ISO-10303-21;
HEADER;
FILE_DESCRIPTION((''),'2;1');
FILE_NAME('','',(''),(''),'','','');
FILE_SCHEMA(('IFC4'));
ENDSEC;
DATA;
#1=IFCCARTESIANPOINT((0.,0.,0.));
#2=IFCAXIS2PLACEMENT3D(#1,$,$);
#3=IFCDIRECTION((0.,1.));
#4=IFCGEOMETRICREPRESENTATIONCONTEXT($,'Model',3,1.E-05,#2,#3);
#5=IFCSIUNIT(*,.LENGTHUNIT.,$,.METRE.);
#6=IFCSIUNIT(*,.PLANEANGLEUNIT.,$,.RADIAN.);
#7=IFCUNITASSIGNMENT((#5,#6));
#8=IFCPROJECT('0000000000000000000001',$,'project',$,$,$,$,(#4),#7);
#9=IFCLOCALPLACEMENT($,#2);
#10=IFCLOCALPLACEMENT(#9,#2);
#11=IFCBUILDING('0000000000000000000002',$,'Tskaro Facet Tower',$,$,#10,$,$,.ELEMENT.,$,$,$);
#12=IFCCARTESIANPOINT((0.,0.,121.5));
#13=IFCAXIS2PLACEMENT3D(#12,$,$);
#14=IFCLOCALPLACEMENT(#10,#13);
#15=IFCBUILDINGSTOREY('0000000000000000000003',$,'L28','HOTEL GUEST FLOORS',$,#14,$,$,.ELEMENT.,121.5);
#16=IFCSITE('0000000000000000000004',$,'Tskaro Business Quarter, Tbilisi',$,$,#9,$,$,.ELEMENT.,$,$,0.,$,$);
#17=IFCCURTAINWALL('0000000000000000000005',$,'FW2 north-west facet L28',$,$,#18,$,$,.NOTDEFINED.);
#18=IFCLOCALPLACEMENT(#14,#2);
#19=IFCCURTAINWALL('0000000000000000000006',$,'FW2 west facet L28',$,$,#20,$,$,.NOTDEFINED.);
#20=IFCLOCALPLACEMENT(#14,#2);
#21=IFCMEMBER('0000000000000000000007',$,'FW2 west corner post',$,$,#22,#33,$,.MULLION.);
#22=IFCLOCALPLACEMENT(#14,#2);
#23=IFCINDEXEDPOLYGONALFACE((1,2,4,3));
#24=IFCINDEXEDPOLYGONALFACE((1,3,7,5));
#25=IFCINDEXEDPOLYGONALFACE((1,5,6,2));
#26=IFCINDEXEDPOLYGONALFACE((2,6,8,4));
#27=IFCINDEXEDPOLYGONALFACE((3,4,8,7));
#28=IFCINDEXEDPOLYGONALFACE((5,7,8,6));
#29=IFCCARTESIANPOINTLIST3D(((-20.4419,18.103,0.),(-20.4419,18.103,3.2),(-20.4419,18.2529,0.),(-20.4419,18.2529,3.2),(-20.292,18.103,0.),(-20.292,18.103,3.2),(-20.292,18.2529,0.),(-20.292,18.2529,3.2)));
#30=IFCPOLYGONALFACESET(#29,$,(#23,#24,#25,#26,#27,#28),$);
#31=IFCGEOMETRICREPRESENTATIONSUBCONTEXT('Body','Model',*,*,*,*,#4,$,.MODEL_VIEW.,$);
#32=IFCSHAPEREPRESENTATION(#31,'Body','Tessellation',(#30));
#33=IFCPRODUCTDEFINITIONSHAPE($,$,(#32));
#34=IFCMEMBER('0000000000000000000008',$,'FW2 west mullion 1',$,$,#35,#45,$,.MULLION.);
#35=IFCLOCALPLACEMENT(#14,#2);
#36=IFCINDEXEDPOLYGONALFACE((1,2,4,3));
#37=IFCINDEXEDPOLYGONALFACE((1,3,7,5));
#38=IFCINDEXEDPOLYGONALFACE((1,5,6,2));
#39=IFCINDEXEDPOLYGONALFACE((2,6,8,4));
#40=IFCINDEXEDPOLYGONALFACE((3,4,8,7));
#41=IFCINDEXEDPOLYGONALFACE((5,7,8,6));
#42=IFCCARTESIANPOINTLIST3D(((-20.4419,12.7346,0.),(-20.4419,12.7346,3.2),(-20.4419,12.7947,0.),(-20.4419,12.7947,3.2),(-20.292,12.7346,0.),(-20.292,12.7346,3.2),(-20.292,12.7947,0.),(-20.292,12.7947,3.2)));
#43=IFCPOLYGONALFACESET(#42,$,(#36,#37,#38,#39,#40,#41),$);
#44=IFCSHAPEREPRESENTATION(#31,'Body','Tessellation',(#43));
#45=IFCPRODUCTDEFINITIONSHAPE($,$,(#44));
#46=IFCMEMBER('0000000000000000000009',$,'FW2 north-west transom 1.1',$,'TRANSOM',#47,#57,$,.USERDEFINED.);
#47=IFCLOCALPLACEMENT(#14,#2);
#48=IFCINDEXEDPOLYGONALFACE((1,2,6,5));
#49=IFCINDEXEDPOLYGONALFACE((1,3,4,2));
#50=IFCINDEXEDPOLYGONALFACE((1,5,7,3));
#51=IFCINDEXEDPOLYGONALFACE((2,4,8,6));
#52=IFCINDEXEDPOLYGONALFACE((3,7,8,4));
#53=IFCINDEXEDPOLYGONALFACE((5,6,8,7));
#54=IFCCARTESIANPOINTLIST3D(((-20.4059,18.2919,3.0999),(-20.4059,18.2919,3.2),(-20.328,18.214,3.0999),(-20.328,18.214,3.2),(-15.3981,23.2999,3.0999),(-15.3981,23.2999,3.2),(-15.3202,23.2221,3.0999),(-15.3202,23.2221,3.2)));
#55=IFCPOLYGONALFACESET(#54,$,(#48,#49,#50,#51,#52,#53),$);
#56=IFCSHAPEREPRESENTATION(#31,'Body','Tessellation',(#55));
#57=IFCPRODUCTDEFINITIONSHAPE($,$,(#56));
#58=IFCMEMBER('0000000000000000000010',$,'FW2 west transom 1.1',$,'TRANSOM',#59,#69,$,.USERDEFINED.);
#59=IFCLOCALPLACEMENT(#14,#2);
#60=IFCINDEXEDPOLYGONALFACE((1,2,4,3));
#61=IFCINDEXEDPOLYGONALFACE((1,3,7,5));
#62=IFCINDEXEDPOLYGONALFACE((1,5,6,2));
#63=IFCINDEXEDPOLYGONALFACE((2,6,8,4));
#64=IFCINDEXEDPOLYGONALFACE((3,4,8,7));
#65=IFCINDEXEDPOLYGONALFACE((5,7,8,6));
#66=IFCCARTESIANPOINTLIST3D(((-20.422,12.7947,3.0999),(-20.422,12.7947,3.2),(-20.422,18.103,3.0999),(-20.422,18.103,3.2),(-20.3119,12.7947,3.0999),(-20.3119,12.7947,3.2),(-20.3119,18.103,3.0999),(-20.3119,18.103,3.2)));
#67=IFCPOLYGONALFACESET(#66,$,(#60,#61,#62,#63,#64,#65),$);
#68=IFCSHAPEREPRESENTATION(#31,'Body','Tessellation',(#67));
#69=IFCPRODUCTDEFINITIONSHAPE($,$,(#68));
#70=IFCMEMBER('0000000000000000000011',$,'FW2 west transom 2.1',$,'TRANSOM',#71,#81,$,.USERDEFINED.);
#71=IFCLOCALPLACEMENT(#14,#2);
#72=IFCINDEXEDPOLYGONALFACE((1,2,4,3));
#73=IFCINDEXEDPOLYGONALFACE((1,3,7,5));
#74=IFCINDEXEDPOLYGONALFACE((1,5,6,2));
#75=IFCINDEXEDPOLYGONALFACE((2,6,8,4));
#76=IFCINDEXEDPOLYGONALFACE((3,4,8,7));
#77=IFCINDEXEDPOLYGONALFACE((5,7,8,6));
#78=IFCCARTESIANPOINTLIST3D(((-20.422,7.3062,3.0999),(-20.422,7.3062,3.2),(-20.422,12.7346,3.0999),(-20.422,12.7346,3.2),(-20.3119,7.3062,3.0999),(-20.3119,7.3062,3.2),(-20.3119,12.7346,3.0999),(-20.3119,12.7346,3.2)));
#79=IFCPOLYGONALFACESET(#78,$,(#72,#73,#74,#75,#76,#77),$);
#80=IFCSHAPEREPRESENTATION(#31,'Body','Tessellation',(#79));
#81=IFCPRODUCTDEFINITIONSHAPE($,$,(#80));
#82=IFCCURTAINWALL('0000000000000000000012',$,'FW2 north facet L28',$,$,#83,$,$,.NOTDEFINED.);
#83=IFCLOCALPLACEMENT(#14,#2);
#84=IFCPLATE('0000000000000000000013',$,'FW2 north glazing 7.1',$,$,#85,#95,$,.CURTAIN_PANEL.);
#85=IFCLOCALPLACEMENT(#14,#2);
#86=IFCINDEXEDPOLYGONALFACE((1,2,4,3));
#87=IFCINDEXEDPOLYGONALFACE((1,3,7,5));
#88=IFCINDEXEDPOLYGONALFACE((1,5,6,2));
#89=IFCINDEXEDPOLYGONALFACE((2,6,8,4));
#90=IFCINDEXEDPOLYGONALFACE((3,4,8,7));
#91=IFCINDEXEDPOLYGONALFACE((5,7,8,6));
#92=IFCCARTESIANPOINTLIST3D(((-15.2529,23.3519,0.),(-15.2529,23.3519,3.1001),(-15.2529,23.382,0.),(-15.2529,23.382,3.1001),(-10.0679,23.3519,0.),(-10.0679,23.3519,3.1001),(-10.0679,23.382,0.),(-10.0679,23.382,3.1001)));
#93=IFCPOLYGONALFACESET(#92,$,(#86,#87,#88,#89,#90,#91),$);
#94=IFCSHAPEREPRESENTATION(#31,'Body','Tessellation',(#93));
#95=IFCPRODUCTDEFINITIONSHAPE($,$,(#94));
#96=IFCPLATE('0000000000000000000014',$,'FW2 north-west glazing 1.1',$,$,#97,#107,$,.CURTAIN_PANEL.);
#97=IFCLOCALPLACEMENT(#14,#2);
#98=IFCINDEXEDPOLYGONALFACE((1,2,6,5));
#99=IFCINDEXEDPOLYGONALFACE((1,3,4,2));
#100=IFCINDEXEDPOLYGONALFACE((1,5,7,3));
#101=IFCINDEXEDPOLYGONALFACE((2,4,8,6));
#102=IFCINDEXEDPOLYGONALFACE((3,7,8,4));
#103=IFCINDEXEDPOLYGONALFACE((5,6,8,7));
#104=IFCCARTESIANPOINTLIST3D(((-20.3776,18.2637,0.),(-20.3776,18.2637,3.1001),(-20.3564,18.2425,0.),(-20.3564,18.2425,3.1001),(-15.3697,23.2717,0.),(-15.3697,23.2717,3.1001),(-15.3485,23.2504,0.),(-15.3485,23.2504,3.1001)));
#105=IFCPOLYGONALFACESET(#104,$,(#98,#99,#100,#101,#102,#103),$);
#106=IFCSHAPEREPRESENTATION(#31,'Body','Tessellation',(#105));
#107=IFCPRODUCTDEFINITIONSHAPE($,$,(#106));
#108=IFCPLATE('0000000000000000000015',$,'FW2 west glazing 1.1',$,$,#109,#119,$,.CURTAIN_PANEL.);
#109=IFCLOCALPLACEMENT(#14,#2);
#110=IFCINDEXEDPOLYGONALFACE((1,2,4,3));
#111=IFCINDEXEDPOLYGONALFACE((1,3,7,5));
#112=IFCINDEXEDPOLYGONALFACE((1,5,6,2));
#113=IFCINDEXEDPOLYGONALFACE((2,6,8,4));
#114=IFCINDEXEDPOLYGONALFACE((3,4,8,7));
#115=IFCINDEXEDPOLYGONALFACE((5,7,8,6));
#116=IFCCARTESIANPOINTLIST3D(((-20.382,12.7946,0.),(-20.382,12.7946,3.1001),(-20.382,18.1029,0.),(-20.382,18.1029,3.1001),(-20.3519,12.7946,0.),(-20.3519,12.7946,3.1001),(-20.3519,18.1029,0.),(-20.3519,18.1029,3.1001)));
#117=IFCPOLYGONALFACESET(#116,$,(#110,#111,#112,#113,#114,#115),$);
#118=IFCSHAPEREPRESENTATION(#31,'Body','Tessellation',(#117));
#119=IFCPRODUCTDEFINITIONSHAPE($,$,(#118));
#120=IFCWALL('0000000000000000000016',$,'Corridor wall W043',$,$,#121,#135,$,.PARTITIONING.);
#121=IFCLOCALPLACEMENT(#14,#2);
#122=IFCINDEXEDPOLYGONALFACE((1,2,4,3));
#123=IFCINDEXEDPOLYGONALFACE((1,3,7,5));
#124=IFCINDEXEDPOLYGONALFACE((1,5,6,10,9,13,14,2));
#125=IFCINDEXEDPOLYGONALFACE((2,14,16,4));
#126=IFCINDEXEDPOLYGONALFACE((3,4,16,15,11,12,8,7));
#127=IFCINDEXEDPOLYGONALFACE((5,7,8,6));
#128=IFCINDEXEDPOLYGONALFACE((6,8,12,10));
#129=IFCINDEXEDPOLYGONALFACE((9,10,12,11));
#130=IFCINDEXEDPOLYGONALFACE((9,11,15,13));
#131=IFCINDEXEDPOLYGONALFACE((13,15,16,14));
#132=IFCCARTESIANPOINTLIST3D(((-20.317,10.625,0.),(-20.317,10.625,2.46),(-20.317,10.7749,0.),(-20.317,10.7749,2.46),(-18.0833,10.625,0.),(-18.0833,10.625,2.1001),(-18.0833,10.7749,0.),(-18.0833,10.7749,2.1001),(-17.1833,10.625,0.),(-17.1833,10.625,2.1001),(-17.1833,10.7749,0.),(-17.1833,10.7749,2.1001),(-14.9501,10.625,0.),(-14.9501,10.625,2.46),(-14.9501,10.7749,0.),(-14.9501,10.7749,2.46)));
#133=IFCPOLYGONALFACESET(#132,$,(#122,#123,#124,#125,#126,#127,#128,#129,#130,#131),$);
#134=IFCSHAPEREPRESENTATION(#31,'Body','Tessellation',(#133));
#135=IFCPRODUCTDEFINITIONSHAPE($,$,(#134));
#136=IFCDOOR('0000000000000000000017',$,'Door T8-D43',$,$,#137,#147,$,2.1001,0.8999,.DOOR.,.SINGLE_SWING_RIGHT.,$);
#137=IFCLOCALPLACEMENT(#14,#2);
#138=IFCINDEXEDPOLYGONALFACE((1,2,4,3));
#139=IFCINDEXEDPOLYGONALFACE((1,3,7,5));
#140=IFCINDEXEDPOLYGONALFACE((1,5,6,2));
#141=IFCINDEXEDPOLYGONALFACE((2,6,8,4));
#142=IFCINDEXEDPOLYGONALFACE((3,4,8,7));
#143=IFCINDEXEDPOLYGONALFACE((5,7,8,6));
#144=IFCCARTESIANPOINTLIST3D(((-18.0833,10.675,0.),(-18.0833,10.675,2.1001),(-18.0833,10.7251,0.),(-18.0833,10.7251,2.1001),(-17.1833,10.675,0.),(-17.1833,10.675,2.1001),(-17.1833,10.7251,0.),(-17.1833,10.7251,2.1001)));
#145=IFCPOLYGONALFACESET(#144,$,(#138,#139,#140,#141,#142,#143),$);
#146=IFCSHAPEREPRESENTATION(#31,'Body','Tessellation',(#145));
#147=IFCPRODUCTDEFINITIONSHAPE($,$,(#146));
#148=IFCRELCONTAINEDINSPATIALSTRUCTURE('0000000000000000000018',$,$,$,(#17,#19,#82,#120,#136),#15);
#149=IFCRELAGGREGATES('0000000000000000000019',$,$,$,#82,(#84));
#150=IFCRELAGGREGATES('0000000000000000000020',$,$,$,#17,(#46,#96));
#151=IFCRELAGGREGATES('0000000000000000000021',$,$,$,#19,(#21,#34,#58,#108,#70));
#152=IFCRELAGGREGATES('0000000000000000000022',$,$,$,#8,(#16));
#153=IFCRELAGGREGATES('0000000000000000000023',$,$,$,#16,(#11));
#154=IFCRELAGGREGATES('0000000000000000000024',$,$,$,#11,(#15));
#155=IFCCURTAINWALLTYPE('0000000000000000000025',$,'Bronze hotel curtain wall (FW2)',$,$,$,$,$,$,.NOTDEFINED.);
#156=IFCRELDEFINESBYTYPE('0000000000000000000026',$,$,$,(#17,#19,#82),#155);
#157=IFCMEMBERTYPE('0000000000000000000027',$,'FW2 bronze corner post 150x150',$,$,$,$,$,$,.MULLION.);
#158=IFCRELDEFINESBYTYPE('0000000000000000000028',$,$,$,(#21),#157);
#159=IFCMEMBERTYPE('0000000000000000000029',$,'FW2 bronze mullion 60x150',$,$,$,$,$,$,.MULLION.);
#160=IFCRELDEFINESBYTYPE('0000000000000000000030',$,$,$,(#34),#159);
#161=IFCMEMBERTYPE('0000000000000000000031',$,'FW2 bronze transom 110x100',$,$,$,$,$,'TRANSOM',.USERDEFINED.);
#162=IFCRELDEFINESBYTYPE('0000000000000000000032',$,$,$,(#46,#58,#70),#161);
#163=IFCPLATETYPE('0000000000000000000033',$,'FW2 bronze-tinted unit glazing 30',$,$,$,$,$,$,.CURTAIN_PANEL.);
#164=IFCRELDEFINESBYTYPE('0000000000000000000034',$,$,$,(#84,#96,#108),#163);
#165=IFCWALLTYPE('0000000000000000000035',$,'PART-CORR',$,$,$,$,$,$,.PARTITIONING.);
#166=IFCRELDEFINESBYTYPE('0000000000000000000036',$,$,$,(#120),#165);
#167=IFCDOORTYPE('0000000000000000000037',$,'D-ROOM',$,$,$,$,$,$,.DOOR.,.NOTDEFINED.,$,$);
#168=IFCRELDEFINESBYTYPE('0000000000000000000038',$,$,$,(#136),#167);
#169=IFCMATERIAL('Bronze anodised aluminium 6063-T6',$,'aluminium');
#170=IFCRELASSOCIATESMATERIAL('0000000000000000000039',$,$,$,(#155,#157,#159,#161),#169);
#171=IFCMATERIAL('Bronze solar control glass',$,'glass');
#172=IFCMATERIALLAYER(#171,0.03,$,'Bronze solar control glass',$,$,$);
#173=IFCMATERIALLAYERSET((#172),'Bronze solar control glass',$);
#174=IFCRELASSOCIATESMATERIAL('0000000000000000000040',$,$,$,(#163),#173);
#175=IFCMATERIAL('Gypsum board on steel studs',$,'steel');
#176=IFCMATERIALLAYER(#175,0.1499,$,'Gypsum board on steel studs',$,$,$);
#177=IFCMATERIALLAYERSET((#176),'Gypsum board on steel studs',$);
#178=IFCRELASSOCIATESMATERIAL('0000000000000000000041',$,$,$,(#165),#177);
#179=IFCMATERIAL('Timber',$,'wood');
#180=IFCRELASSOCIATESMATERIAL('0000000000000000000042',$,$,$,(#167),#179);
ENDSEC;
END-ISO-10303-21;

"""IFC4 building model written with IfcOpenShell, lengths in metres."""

from ifc_helpers import new_model, si_unit, direction, frame, frame_2d, origin, origin_2d, place, context, subcontext, project, spatial, rectangle, extrude, material, layer, layer_set, material_profile, profile_set, type_object, element, fill, aggregate, save


model = new_model("IFC4")

# Units and contexts
model_context = context("Model", 3, precision=1e-05, world=origin(), true_north=direction((0.0, 1.0)))
body_context = subcontext(model_context, "Body", "Model", "MODEL_VIEW")
ifc_project = project(units=[si_unit("LENGTHUNIT", "METRE"), si_unit("PLANEANGLEUNIT", "RADIAN")], contexts=[model_context])

# Site, building, storey
site_placement = place(None, origin())
site = spatial("IfcSite", under=ifc_project, at=site_placement, Name="Tskaro Business Quarter, Tbilisi", CompositionType="ELEMENT", RefElevation=0.0)
building_placement = place(site_placement, origin())
building = spatial("IfcBuilding", under=site, at=building_placement, Name="Tskaro Facet Tower", CompositionType="ELEMENT")
storey_placement = place(building_placement, frame((0.0, 0.0, 121.5)))
storey = spatial("IfcBuildingStorey", under=building, at=storey_placement, Name="L28", Description="HOTEL GUEST FLOORS", CompositionType="ELEMENT", Elevation=121.5)

# Curtain wall
ifc_material_1 = material(Name="Bronze anodised aluminium 6063-T6", Category="aluminium")
curtain_wall_type = type_object("IfcCurtainWallType", Name="Bronze hotel curtain wall (FW2)", PredefinedType="NOTDEFINED", material=ifc_material_1)
curtain_wall_1_placement = place(storey_placement, origin())
curtain_wall_1 = element("IfcCurtainWall", 1, at=curtain_wall_1_placement, inside=storey, type_object=curtain_wall_type, Name="FW2 north-west facet L28", PredefinedType="NOTDEFINED")
ifc_material_profile_1 = material_profile(ifc_material_1, rectangle(XDim=0.1499, YDim=0.1499, at=origin_2d()), Name="Corner post 150x150")
ifc_profile_set_1 = profile_set([ifc_material_profile_1], Name="Bronze anodised aluminium 6063-T6")
member_type_1 = type_object("IfcMemberType", Name="FW2 bronze corner post 150x150", PredefinedType="MULLION", material=ifc_profile_set_1)

# Curtain wall, members
curtain_wall_2_placement = place(storey_placement, origin())
curtain_wall_2 = element("IfcCurtainWall", 2, at=curtain_wall_2_placement, inside=storey, type_object=curtain_wall_type, Name="FW2 west facet L28", PredefinedType="NOTDEFINED")
member_1_placement = place(storey_placement, frame((-20.3669, 18.178, 0.0), z_axis=(0.0, 0.0, 1.0), x_axis=(0.0, -1.0, 0.0)))
member_1 = element("IfcMember", 3, at=member_1_placement, type_object=member_type_1, Name="FW2 west corner post", PredefinedType="MULLION", context=body_context, shape_type="SweptSolid", body=[
    extrude(rectangle(XDim=0.1499, YDim=0.1499, at=origin_2d()), origin(), (0.0, 0.0, 1.0), 3.2),
])
ifc_material_profile_2 = material_profile(ifc_material_1, rectangle(XDim=0.0601, YDim=0.1499, at=origin_2d()), Name="Mullion 60x150")
ifc_profile_set_2 = profile_set([ifc_material_profile_2], Name="Bronze anodised aluminium 6063-T6")
member_type_2 = type_object("IfcMemberType", Name="FW2 bronze mullion 60x150", PredefinedType="MULLION", material=ifc_profile_set_2)
member_2_placement = place(storey_placement, frame((-20.3669, 12.7646, 0.0), z_axis=(0.0, 0.0, 1.0), x_axis=(0.0, -1.0, 0.0)))
member_2 = element("IfcMember", 4, at=member_2_placement, type_object=member_type_2, Name="FW2 west mullion 1", PredefinedType="MULLION", context=body_context, shape_type="SweptSolid", body=[
    extrude(rectangle(XDim=0.0601, YDim=0.1499, at=origin_2d()), origin(), (0.0, 0.0, 1.0), 3.2),
])

# Members
ifc_material_profile_3 = material_profile(ifc_material_1, rectangle(XDim=0.1101, YDim=0.1001, at=origin_2d()), Name="Transom 110x100")
ifc_profile_set_3 = profile_set([ifc_material_profile_3], Name="Bronze anodised aluminium 6063-T6")
member_type_3 = type_object("IfcMemberType", Name="FW2 bronze transom 110x100", ElementType="TRANSOM", PredefinedType="USERDEFINED", material=ifc_profile_set_3)
member_3_placement = place(storey_placement, frame((-15.3591, 23.261, 3.1499), z_axis=(-0.70709, -0.707124, 0.0), x_axis=(0.707124, -0.70709, 0.0)))
member_3 = element("IfcMember", 5, at=member_3_placement, type_object=member_type_3, Name="FW2 north-west transom 1.1", ObjectType="TRANSOM", PredefinedType="USERDEFINED", context=body_context, shape_type="SweptSolid", body=[
    extrude(rectangle(XDim=0.1101, YDim=0.1001, at=origin_2d()), origin(), (0.0, 0.0, 1.0), 7.0823),
])
member_4_placement = place(storey_placement, frame((-20.3669, 18.103, 3.1499), z_axis=(0.0, -1.0, 0.0), x_axis=(1.0, 0.0, 0.0)))
member_4 = element("IfcMember", 6, at=member_4_placement, type_object=member_type_3, Name="FW2 west transom 1.1", ObjectType="TRANSOM", PredefinedType="USERDEFINED", context=body_context, shape_type="SweptSolid", body=[
    extrude(rectangle(XDim=0.1101, YDim=0.1001, at=origin_2d()), origin(), (0.0, 0.0, 1.0), 5.3083),
])
member_5_placement = place(storey_placement, frame((-20.3669, 12.7346, 3.1499), z_axis=(0.0, -1.0, 0.0), x_axis=(1.0, 0.0, 0.0)))
member_5 = element("IfcMember", 7, at=member_5_placement, type_object=member_type_3, Name="FW2 west transom 2.1", ObjectType="TRANSOM", PredefinedType="USERDEFINED", context=body_context, shape_type="SweptSolid", body=[
    extrude(rectangle(XDim=0.1101, YDim=0.1001, at=origin_2d()), origin(), (0.0, 0.0, 1.0), 5.4285),
])

# Curtain wall, plate
curtain_wall_3_placement = place(storey_placement, origin())
curtain_wall_3 = element("IfcCurtainWall", 8, at=curtain_wall_3_placement, inside=storey, type_object=curtain_wall_type, Name="FW2 north facet L28", PredefinedType="NOTDEFINED")
ifc_material_2 = material(Name="Bronze solar control glass", Category="glass")
ifc_layer_1 = layer(ifc_material_2, 0.03, Name="Bronze solar control glass")
ifc_layer_set_1 = layer_set([ifc_layer_1], Name="Bronze solar control glass")
plate_type = type_object("IfcPlateType", Name="FW2 bronze-tinted unit glazing 30", PredefinedType="CURTAIN_PANEL", material=ifc_layer_set_1)
plate_1_placement = place(storey_placement, frame((-12.6604, 23.3669, 0.0), z_axis=(0.0, 0.0, 1.0), x_axis=(-1.0, 0.0, 0.0)))
plate_1 = element("IfcPlate", 9, at=plate_1_placement, type_object=plate_type, Name="FW2 north glazing 7.1", PredefinedType="CURTAIN_PANEL", context=body_context, shape_type="SweptSolid", body=[
    extrude(rectangle(XDim=5.1851, YDim=0.03, at=origin_2d()), origin(), (0.0, 0.0, 1.0), 3.1001),
])
aggregate(curtain_wall_3, [plate_1])

# Plates
plate_2_placement = place(storey_placement, frame((-17.863, 20.7571, 0.0), z_axis=(0.0, 0.0, 1.0), x_axis=(-0.707107, -0.707107, 0.0)))
plate_2 = element("IfcPlate", 10, at=plate_2_placement, type_object=plate_type, Name="FW2 north-west glazing 1.1", PredefinedType="CURTAIN_PANEL", context=body_context, shape_type="SweptSolid", body=[
    extrude(rectangle(XDim=7.0823, YDim=0.03, at=origin_2d()), origin(), (0.0, 0.0, 1.0), 3.1001),
])
aggregate(curtain_wall_1, [member_3, plate_2])
plate_3_placement = place(storey_placement, frame((-20.3669, 15.4487, 0.0), z_axis=(0.0, 0.0, 1.0), x_axis=(0.0, -1.0, 0.0)))
plate_3 = element("IfcPlate", 11, at=plate_3_placement, type_object=plate_type, Name="FW2 west glazing 1.1", PredefinedType="CURTAIN_PANEL", context=body_context, shape_type="SweptSolid", body=[
    extrude(rectangle(XDim=5.3083, YDim=0.03, at=origin_2d()), origin(), (0.0, 0.0, 1.0), 3.1001),
])
aggregate(curtain_wall_2, [member_1, member_2, member_4, plate_3, member_5])

# Wall, opening, door
ifc_material_3 = material(Name="Gypsum board on steel studs", Category="steel")
ifc_layer_2 = layer(ifc_material_3, 0.1499, Name="Gypsum board on steel studs")
ifc_layer_set_2 = layer_set([ifc_layer_2], Name="Gypsum board on steel studs")
wall_type = type_object("IfcWallType", Name="PART-CORR", PredefinedType="PARTITIONING", material=ifc_layer_set_2)
wall_1_placement = place(storey_placement, frame((-14.95, 10.7, 0.0), z_axis=(0.0, 0.0, 1.0), x_axis=(-1.0, 0.0, 0.0)))
wall_1 = element("IfcWall", 12, at=wall_1_placement, inside=storey, type_object=wall_type, Name="Corridor wall W043", PredefinedType="PARTITIONING", context=body_context, shape_type="SweptSolid", body=[
    extrude(rectangle(XDim=5.3669, YDim=0.1499, at=frame_2d((2.6836, 0.0))), origin(), (0.0, 0.0, 1.0), 2.46),
])
opening_1_placement = place(wall_1_placement, frame((2.2334, 0.0, 0.0)))
opening_1 = element("IfcOpeningElement", 13, at=opening_1_placement, cuts=wall_1, PredefinedType="OPENING", context=body_context, shape_type="SweptSolid", body=[
    extrude(rectangle(XDim=0.8999, YDim=2.1001, at=frame_2d((0.45, 1.05))), frame((0.0, 0.085, 0.0), z_axis=(0.0, -1.0, 0.0), x_axis=(1.0, 0.0, 0.0)), (0.0, 0.0, 1.0), 0.1699),
])
ifc_material_4 = material(Name="Timber", Category="wood")
door_type_1 = type_object("IfcDoorType", Name="D-ROOM", OperationType="NOTDEFINED", PredefinedType="DOOR", material=ifc_material_4)
door_1_placement = place(opening_1_placement, origin())
door_1 = element("IfcDoor", 14, at=door_1_placement, inside=storey, type_object=door_type_1, Name="Door T8-D43", OperationType="SINGLE_SWING_RIGHT", OverallHeight=2.1001, OverallWidth=0.8999, PredefinedType="DOOR", context=body_context, shape_type="SweptSolid", body=[
    extrude(rectangle(XDim=0.8999, YDim=2.1001, at=frame_2d((0.45, 1.05))), frame((0.0, 0.0249, 0.0), z_axis=(0.0, -1.0, 0.0), x_axis=(1.0, 0.0, 0.0)), (0.0, 0.0, 1.0), 0.05),
])
fill(opening_1, door_1)

save(model, "model.ifc")
